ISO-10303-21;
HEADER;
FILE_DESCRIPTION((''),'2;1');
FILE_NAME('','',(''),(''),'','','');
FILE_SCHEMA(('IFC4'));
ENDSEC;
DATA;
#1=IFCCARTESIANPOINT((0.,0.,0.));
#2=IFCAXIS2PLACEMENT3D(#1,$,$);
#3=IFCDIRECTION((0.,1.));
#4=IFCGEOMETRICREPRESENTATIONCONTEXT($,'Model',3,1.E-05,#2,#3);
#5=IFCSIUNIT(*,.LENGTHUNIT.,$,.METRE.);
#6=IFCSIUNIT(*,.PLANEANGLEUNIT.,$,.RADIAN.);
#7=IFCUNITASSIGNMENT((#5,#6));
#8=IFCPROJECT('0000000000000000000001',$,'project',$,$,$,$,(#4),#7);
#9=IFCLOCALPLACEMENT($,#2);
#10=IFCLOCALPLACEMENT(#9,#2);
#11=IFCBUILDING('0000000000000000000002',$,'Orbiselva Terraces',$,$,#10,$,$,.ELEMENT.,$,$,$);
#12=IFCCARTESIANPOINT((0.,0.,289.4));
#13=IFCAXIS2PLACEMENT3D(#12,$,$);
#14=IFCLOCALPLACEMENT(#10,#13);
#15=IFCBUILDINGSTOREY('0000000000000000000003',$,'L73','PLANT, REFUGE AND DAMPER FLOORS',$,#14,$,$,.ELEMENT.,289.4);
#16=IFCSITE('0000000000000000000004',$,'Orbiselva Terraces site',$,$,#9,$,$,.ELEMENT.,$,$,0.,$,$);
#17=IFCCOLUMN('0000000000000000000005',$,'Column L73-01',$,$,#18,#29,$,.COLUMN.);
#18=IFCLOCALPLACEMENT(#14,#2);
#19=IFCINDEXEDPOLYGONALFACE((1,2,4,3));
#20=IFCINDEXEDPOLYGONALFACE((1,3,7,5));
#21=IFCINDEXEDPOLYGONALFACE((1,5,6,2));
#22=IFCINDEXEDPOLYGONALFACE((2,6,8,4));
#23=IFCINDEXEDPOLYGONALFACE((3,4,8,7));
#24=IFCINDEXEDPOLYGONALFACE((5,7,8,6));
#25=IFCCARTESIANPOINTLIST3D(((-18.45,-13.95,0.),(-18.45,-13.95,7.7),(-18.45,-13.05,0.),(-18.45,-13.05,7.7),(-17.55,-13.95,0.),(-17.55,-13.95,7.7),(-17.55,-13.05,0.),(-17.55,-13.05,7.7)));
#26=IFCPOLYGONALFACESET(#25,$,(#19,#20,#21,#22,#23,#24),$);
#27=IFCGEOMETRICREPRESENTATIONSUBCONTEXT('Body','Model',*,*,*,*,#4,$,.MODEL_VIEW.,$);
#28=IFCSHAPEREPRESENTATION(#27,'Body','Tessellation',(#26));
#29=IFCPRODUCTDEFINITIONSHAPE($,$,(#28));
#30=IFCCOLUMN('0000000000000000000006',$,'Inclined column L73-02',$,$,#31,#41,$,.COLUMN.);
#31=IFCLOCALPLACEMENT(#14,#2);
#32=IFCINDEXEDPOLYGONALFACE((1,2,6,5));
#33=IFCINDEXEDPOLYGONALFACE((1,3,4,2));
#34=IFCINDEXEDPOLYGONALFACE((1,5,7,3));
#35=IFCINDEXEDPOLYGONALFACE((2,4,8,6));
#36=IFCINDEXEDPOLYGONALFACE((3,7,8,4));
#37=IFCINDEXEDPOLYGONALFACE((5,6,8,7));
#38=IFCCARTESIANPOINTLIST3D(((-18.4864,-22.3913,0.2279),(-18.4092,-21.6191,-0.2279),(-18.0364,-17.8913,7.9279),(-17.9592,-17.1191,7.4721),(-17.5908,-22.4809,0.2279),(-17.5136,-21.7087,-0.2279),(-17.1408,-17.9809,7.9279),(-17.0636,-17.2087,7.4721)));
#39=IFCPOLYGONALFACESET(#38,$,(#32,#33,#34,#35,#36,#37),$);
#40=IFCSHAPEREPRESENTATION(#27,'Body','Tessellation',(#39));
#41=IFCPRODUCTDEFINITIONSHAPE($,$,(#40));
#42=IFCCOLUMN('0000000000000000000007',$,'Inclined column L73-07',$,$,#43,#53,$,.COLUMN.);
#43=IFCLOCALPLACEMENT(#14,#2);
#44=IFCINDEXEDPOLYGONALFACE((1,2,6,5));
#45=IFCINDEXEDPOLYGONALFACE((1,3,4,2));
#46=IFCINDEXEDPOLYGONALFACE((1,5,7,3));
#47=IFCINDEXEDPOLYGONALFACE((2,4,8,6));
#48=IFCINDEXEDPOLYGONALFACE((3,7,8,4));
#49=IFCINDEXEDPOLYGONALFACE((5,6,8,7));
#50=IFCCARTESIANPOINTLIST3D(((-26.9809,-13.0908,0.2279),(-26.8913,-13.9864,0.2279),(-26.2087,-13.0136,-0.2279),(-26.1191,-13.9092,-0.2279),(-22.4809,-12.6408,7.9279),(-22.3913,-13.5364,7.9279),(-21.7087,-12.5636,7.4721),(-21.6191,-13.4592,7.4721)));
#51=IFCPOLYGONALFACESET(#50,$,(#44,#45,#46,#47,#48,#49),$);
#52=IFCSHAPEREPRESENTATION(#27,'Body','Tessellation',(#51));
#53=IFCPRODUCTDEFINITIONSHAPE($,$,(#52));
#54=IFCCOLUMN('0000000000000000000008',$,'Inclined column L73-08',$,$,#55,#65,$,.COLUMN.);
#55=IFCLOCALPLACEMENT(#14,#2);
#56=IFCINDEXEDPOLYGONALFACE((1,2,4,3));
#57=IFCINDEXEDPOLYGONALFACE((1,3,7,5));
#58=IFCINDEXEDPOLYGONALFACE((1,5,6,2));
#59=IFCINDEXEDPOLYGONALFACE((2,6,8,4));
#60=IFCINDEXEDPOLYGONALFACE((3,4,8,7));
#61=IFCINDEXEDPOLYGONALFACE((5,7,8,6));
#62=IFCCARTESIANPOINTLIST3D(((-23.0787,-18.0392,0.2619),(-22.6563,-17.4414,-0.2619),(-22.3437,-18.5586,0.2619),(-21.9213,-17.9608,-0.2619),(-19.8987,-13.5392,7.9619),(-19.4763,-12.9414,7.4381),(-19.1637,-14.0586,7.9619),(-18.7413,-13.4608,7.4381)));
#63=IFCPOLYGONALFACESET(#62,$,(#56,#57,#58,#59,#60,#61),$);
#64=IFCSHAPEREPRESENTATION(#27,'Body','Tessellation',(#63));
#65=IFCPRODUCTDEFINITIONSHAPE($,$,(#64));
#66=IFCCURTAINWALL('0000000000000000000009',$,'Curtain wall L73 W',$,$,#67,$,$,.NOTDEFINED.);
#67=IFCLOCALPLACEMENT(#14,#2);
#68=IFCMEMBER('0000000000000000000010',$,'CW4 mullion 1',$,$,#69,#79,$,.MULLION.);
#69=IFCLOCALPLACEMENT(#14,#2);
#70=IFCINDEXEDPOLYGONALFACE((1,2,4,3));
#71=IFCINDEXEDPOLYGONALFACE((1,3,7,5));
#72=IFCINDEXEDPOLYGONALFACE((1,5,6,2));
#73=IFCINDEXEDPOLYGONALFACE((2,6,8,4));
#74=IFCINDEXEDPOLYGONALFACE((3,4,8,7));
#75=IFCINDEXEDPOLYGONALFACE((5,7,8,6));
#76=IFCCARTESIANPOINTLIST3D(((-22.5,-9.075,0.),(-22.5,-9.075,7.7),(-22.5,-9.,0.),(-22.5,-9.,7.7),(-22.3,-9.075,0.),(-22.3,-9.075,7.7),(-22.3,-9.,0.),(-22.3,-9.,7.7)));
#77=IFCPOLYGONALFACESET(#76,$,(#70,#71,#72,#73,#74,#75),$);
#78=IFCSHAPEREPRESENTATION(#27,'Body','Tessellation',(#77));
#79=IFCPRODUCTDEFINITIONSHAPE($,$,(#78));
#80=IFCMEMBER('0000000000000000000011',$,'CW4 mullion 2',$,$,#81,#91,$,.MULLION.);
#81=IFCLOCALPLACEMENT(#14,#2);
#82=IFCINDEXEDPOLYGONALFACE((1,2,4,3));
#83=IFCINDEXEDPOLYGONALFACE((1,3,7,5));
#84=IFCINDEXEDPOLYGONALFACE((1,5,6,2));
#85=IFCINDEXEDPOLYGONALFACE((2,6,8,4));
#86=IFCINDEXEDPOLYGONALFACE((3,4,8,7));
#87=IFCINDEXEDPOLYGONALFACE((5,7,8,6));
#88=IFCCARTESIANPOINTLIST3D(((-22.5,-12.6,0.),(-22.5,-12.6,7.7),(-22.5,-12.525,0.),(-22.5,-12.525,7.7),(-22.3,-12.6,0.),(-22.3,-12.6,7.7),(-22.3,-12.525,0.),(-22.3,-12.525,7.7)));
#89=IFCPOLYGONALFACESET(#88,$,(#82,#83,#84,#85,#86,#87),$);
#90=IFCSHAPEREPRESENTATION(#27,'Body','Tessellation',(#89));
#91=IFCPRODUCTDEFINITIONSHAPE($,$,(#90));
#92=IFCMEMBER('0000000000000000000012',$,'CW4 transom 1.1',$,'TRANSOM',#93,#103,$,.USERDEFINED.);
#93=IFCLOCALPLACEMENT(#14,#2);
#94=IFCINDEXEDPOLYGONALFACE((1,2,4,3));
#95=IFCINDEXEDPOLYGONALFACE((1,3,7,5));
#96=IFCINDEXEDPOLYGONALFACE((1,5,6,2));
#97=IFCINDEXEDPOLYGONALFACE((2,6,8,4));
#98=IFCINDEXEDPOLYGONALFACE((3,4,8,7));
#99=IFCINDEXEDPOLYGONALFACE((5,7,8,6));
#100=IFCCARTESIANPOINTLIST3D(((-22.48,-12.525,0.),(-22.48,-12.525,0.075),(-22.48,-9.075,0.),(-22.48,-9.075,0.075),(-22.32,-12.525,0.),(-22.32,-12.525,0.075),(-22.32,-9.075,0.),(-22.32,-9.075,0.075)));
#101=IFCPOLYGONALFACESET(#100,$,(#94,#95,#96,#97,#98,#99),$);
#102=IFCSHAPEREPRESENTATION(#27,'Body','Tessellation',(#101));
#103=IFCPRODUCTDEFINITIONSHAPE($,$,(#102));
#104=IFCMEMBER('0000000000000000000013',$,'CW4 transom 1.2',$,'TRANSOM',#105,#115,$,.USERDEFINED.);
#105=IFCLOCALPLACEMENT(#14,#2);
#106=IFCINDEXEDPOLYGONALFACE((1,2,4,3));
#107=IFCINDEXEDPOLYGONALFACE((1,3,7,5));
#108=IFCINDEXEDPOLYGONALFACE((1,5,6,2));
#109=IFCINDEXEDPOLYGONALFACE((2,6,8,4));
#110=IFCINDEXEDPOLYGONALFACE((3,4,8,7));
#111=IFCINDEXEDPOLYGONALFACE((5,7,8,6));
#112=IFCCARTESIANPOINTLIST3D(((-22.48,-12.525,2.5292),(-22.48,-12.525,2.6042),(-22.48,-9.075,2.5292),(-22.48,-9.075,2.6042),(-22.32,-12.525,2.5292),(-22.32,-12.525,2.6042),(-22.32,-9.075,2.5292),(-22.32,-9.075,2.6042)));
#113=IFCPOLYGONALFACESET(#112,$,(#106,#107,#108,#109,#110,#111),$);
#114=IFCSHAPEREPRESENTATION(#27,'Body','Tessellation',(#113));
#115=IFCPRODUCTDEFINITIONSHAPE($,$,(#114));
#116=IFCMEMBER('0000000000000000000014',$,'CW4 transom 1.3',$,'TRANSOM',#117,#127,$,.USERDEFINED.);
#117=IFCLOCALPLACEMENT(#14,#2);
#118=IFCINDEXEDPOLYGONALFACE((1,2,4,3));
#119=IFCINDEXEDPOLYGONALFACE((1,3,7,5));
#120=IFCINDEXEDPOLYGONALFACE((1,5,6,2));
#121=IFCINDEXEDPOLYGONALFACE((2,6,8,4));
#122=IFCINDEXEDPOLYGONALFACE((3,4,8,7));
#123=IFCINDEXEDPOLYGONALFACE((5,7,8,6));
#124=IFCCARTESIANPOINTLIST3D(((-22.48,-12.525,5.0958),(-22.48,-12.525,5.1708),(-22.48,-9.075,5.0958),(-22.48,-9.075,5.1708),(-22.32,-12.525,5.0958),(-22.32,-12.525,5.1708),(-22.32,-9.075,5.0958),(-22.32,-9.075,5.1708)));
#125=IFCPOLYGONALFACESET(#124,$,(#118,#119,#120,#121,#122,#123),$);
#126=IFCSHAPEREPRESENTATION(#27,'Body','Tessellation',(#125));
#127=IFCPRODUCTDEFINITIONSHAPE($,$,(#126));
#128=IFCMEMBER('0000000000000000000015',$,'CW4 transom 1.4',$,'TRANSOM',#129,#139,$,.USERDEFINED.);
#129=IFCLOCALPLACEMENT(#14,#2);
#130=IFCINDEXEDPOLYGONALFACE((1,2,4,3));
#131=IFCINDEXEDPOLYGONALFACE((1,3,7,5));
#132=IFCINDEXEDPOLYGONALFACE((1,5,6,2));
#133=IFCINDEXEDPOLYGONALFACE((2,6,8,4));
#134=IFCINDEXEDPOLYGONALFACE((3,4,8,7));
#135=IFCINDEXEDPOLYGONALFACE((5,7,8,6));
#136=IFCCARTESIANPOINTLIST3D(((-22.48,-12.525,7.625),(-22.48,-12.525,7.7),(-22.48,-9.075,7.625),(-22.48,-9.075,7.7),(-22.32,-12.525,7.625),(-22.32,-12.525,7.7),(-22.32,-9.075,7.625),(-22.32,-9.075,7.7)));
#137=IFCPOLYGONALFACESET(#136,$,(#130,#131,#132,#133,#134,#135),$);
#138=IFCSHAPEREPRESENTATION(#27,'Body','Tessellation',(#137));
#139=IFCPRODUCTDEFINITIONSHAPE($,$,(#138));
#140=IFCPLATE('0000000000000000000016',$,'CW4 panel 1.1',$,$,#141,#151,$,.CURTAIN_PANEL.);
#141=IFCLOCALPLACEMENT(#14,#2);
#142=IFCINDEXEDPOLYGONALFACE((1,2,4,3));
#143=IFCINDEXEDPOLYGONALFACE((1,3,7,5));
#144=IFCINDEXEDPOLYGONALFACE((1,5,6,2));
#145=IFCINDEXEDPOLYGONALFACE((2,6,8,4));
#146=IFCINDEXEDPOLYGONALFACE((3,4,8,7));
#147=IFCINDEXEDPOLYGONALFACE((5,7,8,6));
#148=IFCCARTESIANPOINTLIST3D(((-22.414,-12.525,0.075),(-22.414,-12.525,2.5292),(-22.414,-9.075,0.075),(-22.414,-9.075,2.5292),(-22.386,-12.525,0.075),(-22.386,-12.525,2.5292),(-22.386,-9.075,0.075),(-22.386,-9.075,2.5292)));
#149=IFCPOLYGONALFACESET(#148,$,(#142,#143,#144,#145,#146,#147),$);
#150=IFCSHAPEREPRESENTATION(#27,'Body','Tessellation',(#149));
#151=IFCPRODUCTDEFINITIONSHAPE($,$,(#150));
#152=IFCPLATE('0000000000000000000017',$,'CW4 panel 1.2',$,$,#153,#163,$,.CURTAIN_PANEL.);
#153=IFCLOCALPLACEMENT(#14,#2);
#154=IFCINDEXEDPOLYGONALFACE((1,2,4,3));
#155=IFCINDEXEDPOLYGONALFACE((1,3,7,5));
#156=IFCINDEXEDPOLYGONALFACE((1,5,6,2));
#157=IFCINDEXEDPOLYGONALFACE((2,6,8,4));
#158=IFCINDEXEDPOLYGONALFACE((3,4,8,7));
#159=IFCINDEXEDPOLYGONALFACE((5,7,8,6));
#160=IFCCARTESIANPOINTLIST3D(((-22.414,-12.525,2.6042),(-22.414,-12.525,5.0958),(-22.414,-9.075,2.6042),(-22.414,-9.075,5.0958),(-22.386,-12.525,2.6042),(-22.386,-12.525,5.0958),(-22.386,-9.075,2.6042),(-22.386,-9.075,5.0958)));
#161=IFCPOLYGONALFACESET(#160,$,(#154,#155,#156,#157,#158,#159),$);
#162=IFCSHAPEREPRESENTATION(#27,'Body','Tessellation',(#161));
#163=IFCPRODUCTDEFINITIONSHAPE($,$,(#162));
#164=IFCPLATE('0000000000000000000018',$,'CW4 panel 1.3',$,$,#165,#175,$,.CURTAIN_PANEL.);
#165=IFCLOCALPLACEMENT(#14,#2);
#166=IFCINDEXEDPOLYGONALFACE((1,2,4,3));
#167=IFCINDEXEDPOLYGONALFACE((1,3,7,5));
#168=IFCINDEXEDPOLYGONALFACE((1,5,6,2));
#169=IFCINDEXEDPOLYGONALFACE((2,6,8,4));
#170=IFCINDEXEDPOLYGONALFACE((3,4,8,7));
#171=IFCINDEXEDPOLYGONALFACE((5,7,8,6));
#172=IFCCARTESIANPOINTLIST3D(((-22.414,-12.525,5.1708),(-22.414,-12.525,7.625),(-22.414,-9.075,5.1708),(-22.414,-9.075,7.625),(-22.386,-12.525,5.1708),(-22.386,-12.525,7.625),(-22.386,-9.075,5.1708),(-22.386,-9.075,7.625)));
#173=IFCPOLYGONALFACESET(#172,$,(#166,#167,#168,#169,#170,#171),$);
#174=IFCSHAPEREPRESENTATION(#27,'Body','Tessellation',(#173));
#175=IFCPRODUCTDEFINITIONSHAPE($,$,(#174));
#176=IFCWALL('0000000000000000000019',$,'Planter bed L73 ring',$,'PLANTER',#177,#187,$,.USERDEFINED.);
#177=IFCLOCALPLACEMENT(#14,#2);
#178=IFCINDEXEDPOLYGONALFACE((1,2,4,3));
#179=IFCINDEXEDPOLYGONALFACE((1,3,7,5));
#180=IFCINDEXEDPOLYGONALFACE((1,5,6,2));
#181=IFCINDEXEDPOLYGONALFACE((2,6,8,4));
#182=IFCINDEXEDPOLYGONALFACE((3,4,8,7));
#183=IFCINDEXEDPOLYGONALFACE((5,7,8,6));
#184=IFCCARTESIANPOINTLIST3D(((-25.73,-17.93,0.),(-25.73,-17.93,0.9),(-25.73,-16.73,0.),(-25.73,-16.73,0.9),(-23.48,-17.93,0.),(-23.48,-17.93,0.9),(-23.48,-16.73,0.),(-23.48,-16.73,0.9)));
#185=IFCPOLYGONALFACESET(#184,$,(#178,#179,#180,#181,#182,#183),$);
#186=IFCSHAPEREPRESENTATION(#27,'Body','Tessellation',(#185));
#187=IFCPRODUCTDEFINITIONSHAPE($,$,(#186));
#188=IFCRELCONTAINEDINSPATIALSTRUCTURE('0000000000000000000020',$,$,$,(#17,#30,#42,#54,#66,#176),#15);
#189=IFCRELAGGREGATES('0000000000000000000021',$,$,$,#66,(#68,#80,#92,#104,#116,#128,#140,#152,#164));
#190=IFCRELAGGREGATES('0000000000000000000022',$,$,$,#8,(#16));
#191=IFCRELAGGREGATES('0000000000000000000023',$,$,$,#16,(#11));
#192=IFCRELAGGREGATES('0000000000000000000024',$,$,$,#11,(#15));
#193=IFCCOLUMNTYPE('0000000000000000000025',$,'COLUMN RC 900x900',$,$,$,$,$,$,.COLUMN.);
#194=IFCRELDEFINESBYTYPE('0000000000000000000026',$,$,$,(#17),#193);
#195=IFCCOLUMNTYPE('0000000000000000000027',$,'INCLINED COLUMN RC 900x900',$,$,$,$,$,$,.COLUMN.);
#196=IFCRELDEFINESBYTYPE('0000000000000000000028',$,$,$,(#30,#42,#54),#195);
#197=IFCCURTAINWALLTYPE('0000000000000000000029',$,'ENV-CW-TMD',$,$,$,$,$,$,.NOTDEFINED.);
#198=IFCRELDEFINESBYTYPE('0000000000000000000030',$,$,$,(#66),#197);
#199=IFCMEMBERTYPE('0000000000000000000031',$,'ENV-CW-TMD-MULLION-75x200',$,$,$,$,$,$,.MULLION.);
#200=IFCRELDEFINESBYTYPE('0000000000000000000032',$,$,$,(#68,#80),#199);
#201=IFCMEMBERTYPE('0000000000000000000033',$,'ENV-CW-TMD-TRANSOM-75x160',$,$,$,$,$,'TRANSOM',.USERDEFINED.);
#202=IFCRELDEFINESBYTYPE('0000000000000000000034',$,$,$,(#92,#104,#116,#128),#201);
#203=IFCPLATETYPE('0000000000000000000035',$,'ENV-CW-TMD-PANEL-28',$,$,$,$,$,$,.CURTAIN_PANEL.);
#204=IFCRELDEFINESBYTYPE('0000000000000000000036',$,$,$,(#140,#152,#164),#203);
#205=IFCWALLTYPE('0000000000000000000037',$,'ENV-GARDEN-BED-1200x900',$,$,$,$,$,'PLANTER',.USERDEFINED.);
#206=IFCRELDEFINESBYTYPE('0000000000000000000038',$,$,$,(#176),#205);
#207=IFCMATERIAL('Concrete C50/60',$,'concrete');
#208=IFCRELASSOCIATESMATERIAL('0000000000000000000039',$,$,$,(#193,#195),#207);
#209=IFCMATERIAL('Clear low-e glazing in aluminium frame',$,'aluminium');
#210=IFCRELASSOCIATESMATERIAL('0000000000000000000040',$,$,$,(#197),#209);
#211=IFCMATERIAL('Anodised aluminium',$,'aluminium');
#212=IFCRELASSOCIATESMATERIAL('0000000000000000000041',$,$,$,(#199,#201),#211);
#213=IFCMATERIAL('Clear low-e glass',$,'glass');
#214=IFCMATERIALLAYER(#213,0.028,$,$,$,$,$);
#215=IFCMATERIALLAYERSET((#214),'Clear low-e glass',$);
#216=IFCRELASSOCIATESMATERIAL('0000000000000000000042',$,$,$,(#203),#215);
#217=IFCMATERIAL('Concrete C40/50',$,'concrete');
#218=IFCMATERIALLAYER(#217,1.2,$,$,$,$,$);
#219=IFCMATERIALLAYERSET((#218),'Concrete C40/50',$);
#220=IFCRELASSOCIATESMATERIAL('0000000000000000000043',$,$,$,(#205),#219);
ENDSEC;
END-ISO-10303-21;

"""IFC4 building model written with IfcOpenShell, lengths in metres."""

from ifc_helpers import new_model, si_unit, direction, frame, frame_2d, origin, origin_2d, place, context, subcontext, project, spatial, rectangle, extrude, material, layer, layer_set, material_profile, profile_set, type_object, element, aggregate, save


model = new_model("IFC4")

# Units and contexts
model_context = context("Model", 3, precision=1e-05, world=origin(), true_north=direction((0.0, 1.0)))
body_context = subcontext(model_context, "Body", "Model", "MODEL_VIEW")
ifc_project = project(units=[si_unit("LENGTHUNIT", "METRE"), si_unit("PLANEANGLEUNIT", "RADIAN")], contexts=[model_context])

# Site, building, storey
site_placement = place(None, origin())
site = spatial("IfcSite", under=ifc_project, at=site_placement, Name="Orbiselva Terraces site", CompositionType="ELEMENT", RefElevation=0.0)
building_placement = place(site_placement, origin())
building = spatial("IfcBuilding", under=site, at=building_placement, Name="Orbiselva Terraces", CompositionType="ELEMENT")
storey_placement = place(building_placement, frame((0.0, 0.0, 289.4)))
storey = spatial("IfcBuildingStorey", under=building, at=storey_placement, Name="L73", Description="PLANT, REFUGE AND DAMPER FLOORS", CompositionType="ELEMENT", Elevation=289.4)

# Columns
ifc_material_1 = material(Name="Concrete C50/60", Category="concrete")
ifc_material_profile_1 = material_profile(ifc_material_1, rectangle(XDim=0.9, YDim=0.9, at=origin_2d()), Name="RC 900x900")
ifc_profile_set_1 = profile_set([ifc_material_profile_1], Name="Concrete C50/60")
column_type_1 = type_object("IfcColumnType", Name="COLUMN RC 900x900", PredefinedType="COLUMN", material=ifc_profile_set_1)
column_1_placement = place(storey_placement, frame((-18.0, -13.5, 0.0), z_axis=(0.0, 0.0, 1.0), x_axis=(1.0, 0.0, 0.0)))
element("IfcColumn", 1, at=column_1_placement, inside=storey, type_object=column_type_1, Name="Column L73-01", PredefinedType="COLUMN", context=body_context, shape_type="SweptSolid", body=[
    extrude(rectangle(XDim=0.9, YDim=0.9, at=origin_2d()), origin(), (0.0, 0.0, 1.0), 7.7),
])
ifc_material_profile_2 = material_profile(ifc_material_1, rectangle(XDim=0.9, YDim=0.9, at=origin_2d()), Name="RC 900x900")
ifc_profile_set_2 = profile_set([ifc_material_profile_2], Name="Concrete C50/60")
column_type_2 = type_object("IfcColumnType", Name="INCLINED COLUMN RC 900x900", PredefinedType="COLUMN", material=ifc_profile_set_2)
for number, where, z_axis, x_axis, name in (
    (2, (-18.0, -22.05, 0.0), (0.050393, 0.503927, 0.862275), (-0.995037, 0.099504, 0.0), "Inclined column L73-02"),
    (3, (-26.55, -13.5, 0.0), (0.503927, 0.050393, 0.862275), (-0.099504, 0.995037, 0.0), "Inclined column L73-07"),
):
    element("IfcColumn", number, at=place(storey_placement, frame(where, z_axis=z_axis, x_axis=x_axis)), inside=storey, type_object=column_type_2, Name=name, PredefinedType="COLUMN", context=body_context, shape_type="SweptSolid", body=[
        extrude(rectangle(XDim=0.9, YDim=0.9, at=origin_2d()), origin(), (0.0, 0.0, 1.0), 8.9299),
    ])
column_2_placement = place(storey_placement, frame((-22.5, -18.0, 0.0), z_axis=(0.335851, 0.47526, 0.813223), x_axis=(-0.816666, 0.577111, 0.0)))
element("IfcColumn", 4, at=column_2_placement, inside=storey, type_object=column_type_2, Name="Inclined column L73-08", PredefinedType="COLUMN", context=body_context, shape_type="SweptSolid", body=[
    extrude(rectangle(XDim=0.9, YDim=0.9, at=origin_2d()), origin(), (0.0, 0.0, 1.0), 9.4685),
])

# Curtain wall, members, plates
ifc_material_2 = material(Name="Clear low-e glazing in aluminium frame", Category="aluminium")
curtain_wall_type = type_object("IfcCurtainWallType", Name="ENV-CW-TMD", PredefinedType="NOTDEFINED", material=ifc_material_2)
curtain_wall_placement = place(storey_placement, origin())
curtain_wall = element("IfcCurtainWall", 5, at=curtain_wall_placement, inside=storey, type_object=curtain_wall_type, Name="Curtain wall L73 W", PredefinedType="NOTDEFINED")
ifc_material_3 = material(Name="Anodised aluminium", Category="aluminium")
ifc_material_profile_3 = material_profile(ifc_material_3, rectangle(XDim=0.2, YDim=0.075, at=origin_2d()), Name="AL 75x200")
ifc_profile_set_3 = profile_set([ifc_material_profile_3], Name="Anodised aluminium")
member_type_1 = type_object("IfcMemberType", Name="ENV-CW-TMD-MULLION-75x200", PredefinedType="MULLION", material=ifc_profile_set_3)
member_1_placement = place(storey_placement, frame((-22.4, -9.0375, 0.0), z_axis=(0.0, 0.0, 1.0), x_axis=(1.0, 0.0, 0.0)))
member_1 = element("IfcMember", 6, at=member_1_placement, type_object=member_type_1, Name="CW4 mullion 1", PredefinedType="MULLION", context=body_context, shape_type="SweptSolid", body=[
    extrude(rectangle(XDim=0.2, YDim=0.075, at=origin_2d()), origin(), (0.0, 0.0, 1.0), 7.7),
])
member_2_placement = place(storey_placement, frame((-22.4, -12.5625, 0.0), z_axis=(0.0, 0.0, 1.0), x_axis=(1.0, 0.0, 0.0)))
member_2 = element("IfcMember", 7, at=member_2_placement, type_object=member_type_1, Name="CW4 mullion 2", PredefinedType="MULLION", context=body_context, shape_type="SweptSolid", body=[
    extrude(rectangle(XDim=0.2, YDim=0.075, at=origin_2d()), origin(), (0.0, 0.0, 1.0), 7.7),
])
ifc_material_profile_4 = material_profile(ifc_material_3, rectangle(XDim=0.16, YDim=0.075, at=origin_2d()), Name="AL 75x160")
ifc_profile_set_4 = profile_set([ifc_material_profile_4], Name="Anodised aluminium")
member_type_2 = type_object("IfcMemberType", Name="ENV-CW-TMD-TRANSOM-75x160", ElementType="TRANSOM", PredefinedType="USERDEFINED", material=ifc_profile_set_4)
member_3_placement = place(storey_placement, frame((-22.4, -9.075, 0.0375), z_axis=(0.0, -1.0, 0.0), x_axis=(1.0, 0.0, 0.0)))
member_3 = element("IfcMember", 8, at=member_3_placement, type_object=member_type_2, Name="CW4 transom 1.1", ObjectType="TRANSOM", PredefinedType="USERDEFINED", context=body_context, shape_type="SweptSolid", body=[
    extrude(rectangle(XDim=0.16, YDim=0.075, at=origin_2d()), origin(), (0.0, 0.0, 1.0), 3.45),
])
member_4_placement = place(storey_placement, frame((-22.4, -9.075, 2.5667), z_axis=(0.0, -1.0, 0.0), x_axis=(1.0, 0.0, 0.0)))
member_4 = element("IfcMember", 9, at=member_4_placement, type_object=member_type_2, Name="CW4 transom 1.2", ObjectType="TRANSOM", PredefinedType="USERDEFINED", context=body_context, shape_type="SweptSolid", body=[
    extrude(rectangle(XDim=0.16, YDim=0.075, at=origin_2d()), origin(), (0.0, 0.0, 1.0), 3.45),
])
member_5_placement = place(storey_placement, frame((-22.4, -9.075, 5.1333), z_axis=(0.0, -1.0, 0.0), x_axis=(1.0, 0.0, 0.0)))
member_5 = element("IfcMember", 10, at=member_5_placement, type_object=member_type_2, Name="CW4 transom 1.3", ObjectType="TRANSOM", PredefinedType="USERDEFINED", context=body_context, shape_type="SweptSolid", body=[
    extrude(rectangle(XDim=0.16, YDim=0.075, at=origin_2d()), origin(), (0.0, 0.0, 1.0), 3.45),
])
member_6_placement = place(storey_placement, frame((-22.4, -9.075, 7.6625), z_axis=(0.0, -1.0, 0.0), x_axis=(1.0, 0.0, 0.0)))
member_6 = element("IfcMember", 11, at=member_6_placement, type_object=member_type_2, Name="CW4 transom 1.4", ObjectType="TRANSOM", PredefinedType="USERDEFINED", context=body_context, shape_type="SweptSolid", body=[
    extrude(rectangle(XDim=0.16, YDim=0.075, at=origin_2d()), origin(), (0.0, 0.0, 1.0), 3.45),
])
ifc_material_4 = material(Name="Clear low-e glass", Category="glass")
ifc_layer_1 = layer(ifc_material_4, 0.028)
ifc_layer_set_1 = layer_set([ifc_layer_1], Name="Clear low-e glass")
plate_type = type_object("IfcPlateType", Name="ENV-CW-TMD-PANEL-28", PredefinedType="CURTAIN_PANEL", material=ifc_layer_set_1)
plate_1_placement = place(storey_placement, frame((-22.4, -10.8, 0.075), z_axis=(0.0, 0.0, 1.0), x_axis=(0.0, -1.0, 0.0)))
plate_1 = element("IfcPlate", 12, at=plate_1_placement, type_object=plate_type, Name="CW4 panel 1.1", PredefinedType="CURTAIN_PANEL", context=body_context, shape_type="SweptSolid", body=[
    extrude(rectangle(XDim=3.45, YDim=0.028, at=origin_2d()), origin(), (0.0, 0.0, 1.0), 2.4542),
])
plate_2_placement = place(storey_placement, frame((-22.4, -10.8, 2.6042), z_axis=(0.0, 0.0, 1.0), x_axis=(0.0, -1.0, 0.0)))
plate_2 = element("IfcPlate", 13, at=plate_2_placement, type_object=plate_type, Name="CW4 panel 1.2", PredefinedType="CURTAIN_PANEL", context=body_context, shape_type="SweptSolid", body=[
    extrude(rectangle(XDim=3.45, YDim=0.028, at=origin_2d()), origin(), (0.0, 0.0, 1.0), 2.4917),
])
plate_3_placement = place(storey_placement, frame((-22.4, -10.8, 5.1708), z_axis=(0.0, 0.0, 1.0), x_axis=(0.0, -1.0, 0.0)))
plate_3 = element("IfcPlate", 14, at=plate_3_placement, type_object=plate_type, Name="CW4 panel 1.3", PredefinedType="CURTAIN_PANEL", context=body_context, shape_type="SweptSolid", body=[
    extrude(rectangle(XDim=3.45, YDim=0.028, at=origin_2d()), origin(), (0.0, 0.0, 1.0), 2.4542),
])
aggregate(curtain_wall, [member_1, member_2, member_3, member_4, member_5, member_6, plate_1, plate_2, plate_3])

# Wall
ifc_material_5 = material(Name="Concrete C40/50", Category="concrete")
ifc_layer_2 = layer(ifc_material_5, 1.2)
ifc_layer_set_2 = layer_set([ifc_layer_2], Name="Concrete C40/50")
wall_type_1 = type_object("IfcWallType", Name="ENV-GARDEN-BED-1200x900", ElementType="PLANTER", PredefinedType="USERDEFINED", material=ifc_layer_set_2)
for number, where, z_axis, x_axis, name in (
    (15, (-25.73, -17.33, 0.0), (0.0, 0.0, 1.0), (1.0, 0.0, 0.0), "Planter bed L73 ring"),
):
    element("IfcWall", number, at=place(storey_placement, frame(where, z_axis=z_axis, x_axis=x_axis)), inside=storey, type_object=wall_type_1, Name=name, ObjectType="PLANTER", PredefinedType="USERDEFINED", context=body_context, shape_type="SweptSolid", body=[
        extrude(rectangle(XDim=2.25, YDim=1.2, at=frame_2d((1.125, 0.0))), origin(), (0.0, 0.0, 1.0), 0.9),
    ])

save(model, "model.ifc")
